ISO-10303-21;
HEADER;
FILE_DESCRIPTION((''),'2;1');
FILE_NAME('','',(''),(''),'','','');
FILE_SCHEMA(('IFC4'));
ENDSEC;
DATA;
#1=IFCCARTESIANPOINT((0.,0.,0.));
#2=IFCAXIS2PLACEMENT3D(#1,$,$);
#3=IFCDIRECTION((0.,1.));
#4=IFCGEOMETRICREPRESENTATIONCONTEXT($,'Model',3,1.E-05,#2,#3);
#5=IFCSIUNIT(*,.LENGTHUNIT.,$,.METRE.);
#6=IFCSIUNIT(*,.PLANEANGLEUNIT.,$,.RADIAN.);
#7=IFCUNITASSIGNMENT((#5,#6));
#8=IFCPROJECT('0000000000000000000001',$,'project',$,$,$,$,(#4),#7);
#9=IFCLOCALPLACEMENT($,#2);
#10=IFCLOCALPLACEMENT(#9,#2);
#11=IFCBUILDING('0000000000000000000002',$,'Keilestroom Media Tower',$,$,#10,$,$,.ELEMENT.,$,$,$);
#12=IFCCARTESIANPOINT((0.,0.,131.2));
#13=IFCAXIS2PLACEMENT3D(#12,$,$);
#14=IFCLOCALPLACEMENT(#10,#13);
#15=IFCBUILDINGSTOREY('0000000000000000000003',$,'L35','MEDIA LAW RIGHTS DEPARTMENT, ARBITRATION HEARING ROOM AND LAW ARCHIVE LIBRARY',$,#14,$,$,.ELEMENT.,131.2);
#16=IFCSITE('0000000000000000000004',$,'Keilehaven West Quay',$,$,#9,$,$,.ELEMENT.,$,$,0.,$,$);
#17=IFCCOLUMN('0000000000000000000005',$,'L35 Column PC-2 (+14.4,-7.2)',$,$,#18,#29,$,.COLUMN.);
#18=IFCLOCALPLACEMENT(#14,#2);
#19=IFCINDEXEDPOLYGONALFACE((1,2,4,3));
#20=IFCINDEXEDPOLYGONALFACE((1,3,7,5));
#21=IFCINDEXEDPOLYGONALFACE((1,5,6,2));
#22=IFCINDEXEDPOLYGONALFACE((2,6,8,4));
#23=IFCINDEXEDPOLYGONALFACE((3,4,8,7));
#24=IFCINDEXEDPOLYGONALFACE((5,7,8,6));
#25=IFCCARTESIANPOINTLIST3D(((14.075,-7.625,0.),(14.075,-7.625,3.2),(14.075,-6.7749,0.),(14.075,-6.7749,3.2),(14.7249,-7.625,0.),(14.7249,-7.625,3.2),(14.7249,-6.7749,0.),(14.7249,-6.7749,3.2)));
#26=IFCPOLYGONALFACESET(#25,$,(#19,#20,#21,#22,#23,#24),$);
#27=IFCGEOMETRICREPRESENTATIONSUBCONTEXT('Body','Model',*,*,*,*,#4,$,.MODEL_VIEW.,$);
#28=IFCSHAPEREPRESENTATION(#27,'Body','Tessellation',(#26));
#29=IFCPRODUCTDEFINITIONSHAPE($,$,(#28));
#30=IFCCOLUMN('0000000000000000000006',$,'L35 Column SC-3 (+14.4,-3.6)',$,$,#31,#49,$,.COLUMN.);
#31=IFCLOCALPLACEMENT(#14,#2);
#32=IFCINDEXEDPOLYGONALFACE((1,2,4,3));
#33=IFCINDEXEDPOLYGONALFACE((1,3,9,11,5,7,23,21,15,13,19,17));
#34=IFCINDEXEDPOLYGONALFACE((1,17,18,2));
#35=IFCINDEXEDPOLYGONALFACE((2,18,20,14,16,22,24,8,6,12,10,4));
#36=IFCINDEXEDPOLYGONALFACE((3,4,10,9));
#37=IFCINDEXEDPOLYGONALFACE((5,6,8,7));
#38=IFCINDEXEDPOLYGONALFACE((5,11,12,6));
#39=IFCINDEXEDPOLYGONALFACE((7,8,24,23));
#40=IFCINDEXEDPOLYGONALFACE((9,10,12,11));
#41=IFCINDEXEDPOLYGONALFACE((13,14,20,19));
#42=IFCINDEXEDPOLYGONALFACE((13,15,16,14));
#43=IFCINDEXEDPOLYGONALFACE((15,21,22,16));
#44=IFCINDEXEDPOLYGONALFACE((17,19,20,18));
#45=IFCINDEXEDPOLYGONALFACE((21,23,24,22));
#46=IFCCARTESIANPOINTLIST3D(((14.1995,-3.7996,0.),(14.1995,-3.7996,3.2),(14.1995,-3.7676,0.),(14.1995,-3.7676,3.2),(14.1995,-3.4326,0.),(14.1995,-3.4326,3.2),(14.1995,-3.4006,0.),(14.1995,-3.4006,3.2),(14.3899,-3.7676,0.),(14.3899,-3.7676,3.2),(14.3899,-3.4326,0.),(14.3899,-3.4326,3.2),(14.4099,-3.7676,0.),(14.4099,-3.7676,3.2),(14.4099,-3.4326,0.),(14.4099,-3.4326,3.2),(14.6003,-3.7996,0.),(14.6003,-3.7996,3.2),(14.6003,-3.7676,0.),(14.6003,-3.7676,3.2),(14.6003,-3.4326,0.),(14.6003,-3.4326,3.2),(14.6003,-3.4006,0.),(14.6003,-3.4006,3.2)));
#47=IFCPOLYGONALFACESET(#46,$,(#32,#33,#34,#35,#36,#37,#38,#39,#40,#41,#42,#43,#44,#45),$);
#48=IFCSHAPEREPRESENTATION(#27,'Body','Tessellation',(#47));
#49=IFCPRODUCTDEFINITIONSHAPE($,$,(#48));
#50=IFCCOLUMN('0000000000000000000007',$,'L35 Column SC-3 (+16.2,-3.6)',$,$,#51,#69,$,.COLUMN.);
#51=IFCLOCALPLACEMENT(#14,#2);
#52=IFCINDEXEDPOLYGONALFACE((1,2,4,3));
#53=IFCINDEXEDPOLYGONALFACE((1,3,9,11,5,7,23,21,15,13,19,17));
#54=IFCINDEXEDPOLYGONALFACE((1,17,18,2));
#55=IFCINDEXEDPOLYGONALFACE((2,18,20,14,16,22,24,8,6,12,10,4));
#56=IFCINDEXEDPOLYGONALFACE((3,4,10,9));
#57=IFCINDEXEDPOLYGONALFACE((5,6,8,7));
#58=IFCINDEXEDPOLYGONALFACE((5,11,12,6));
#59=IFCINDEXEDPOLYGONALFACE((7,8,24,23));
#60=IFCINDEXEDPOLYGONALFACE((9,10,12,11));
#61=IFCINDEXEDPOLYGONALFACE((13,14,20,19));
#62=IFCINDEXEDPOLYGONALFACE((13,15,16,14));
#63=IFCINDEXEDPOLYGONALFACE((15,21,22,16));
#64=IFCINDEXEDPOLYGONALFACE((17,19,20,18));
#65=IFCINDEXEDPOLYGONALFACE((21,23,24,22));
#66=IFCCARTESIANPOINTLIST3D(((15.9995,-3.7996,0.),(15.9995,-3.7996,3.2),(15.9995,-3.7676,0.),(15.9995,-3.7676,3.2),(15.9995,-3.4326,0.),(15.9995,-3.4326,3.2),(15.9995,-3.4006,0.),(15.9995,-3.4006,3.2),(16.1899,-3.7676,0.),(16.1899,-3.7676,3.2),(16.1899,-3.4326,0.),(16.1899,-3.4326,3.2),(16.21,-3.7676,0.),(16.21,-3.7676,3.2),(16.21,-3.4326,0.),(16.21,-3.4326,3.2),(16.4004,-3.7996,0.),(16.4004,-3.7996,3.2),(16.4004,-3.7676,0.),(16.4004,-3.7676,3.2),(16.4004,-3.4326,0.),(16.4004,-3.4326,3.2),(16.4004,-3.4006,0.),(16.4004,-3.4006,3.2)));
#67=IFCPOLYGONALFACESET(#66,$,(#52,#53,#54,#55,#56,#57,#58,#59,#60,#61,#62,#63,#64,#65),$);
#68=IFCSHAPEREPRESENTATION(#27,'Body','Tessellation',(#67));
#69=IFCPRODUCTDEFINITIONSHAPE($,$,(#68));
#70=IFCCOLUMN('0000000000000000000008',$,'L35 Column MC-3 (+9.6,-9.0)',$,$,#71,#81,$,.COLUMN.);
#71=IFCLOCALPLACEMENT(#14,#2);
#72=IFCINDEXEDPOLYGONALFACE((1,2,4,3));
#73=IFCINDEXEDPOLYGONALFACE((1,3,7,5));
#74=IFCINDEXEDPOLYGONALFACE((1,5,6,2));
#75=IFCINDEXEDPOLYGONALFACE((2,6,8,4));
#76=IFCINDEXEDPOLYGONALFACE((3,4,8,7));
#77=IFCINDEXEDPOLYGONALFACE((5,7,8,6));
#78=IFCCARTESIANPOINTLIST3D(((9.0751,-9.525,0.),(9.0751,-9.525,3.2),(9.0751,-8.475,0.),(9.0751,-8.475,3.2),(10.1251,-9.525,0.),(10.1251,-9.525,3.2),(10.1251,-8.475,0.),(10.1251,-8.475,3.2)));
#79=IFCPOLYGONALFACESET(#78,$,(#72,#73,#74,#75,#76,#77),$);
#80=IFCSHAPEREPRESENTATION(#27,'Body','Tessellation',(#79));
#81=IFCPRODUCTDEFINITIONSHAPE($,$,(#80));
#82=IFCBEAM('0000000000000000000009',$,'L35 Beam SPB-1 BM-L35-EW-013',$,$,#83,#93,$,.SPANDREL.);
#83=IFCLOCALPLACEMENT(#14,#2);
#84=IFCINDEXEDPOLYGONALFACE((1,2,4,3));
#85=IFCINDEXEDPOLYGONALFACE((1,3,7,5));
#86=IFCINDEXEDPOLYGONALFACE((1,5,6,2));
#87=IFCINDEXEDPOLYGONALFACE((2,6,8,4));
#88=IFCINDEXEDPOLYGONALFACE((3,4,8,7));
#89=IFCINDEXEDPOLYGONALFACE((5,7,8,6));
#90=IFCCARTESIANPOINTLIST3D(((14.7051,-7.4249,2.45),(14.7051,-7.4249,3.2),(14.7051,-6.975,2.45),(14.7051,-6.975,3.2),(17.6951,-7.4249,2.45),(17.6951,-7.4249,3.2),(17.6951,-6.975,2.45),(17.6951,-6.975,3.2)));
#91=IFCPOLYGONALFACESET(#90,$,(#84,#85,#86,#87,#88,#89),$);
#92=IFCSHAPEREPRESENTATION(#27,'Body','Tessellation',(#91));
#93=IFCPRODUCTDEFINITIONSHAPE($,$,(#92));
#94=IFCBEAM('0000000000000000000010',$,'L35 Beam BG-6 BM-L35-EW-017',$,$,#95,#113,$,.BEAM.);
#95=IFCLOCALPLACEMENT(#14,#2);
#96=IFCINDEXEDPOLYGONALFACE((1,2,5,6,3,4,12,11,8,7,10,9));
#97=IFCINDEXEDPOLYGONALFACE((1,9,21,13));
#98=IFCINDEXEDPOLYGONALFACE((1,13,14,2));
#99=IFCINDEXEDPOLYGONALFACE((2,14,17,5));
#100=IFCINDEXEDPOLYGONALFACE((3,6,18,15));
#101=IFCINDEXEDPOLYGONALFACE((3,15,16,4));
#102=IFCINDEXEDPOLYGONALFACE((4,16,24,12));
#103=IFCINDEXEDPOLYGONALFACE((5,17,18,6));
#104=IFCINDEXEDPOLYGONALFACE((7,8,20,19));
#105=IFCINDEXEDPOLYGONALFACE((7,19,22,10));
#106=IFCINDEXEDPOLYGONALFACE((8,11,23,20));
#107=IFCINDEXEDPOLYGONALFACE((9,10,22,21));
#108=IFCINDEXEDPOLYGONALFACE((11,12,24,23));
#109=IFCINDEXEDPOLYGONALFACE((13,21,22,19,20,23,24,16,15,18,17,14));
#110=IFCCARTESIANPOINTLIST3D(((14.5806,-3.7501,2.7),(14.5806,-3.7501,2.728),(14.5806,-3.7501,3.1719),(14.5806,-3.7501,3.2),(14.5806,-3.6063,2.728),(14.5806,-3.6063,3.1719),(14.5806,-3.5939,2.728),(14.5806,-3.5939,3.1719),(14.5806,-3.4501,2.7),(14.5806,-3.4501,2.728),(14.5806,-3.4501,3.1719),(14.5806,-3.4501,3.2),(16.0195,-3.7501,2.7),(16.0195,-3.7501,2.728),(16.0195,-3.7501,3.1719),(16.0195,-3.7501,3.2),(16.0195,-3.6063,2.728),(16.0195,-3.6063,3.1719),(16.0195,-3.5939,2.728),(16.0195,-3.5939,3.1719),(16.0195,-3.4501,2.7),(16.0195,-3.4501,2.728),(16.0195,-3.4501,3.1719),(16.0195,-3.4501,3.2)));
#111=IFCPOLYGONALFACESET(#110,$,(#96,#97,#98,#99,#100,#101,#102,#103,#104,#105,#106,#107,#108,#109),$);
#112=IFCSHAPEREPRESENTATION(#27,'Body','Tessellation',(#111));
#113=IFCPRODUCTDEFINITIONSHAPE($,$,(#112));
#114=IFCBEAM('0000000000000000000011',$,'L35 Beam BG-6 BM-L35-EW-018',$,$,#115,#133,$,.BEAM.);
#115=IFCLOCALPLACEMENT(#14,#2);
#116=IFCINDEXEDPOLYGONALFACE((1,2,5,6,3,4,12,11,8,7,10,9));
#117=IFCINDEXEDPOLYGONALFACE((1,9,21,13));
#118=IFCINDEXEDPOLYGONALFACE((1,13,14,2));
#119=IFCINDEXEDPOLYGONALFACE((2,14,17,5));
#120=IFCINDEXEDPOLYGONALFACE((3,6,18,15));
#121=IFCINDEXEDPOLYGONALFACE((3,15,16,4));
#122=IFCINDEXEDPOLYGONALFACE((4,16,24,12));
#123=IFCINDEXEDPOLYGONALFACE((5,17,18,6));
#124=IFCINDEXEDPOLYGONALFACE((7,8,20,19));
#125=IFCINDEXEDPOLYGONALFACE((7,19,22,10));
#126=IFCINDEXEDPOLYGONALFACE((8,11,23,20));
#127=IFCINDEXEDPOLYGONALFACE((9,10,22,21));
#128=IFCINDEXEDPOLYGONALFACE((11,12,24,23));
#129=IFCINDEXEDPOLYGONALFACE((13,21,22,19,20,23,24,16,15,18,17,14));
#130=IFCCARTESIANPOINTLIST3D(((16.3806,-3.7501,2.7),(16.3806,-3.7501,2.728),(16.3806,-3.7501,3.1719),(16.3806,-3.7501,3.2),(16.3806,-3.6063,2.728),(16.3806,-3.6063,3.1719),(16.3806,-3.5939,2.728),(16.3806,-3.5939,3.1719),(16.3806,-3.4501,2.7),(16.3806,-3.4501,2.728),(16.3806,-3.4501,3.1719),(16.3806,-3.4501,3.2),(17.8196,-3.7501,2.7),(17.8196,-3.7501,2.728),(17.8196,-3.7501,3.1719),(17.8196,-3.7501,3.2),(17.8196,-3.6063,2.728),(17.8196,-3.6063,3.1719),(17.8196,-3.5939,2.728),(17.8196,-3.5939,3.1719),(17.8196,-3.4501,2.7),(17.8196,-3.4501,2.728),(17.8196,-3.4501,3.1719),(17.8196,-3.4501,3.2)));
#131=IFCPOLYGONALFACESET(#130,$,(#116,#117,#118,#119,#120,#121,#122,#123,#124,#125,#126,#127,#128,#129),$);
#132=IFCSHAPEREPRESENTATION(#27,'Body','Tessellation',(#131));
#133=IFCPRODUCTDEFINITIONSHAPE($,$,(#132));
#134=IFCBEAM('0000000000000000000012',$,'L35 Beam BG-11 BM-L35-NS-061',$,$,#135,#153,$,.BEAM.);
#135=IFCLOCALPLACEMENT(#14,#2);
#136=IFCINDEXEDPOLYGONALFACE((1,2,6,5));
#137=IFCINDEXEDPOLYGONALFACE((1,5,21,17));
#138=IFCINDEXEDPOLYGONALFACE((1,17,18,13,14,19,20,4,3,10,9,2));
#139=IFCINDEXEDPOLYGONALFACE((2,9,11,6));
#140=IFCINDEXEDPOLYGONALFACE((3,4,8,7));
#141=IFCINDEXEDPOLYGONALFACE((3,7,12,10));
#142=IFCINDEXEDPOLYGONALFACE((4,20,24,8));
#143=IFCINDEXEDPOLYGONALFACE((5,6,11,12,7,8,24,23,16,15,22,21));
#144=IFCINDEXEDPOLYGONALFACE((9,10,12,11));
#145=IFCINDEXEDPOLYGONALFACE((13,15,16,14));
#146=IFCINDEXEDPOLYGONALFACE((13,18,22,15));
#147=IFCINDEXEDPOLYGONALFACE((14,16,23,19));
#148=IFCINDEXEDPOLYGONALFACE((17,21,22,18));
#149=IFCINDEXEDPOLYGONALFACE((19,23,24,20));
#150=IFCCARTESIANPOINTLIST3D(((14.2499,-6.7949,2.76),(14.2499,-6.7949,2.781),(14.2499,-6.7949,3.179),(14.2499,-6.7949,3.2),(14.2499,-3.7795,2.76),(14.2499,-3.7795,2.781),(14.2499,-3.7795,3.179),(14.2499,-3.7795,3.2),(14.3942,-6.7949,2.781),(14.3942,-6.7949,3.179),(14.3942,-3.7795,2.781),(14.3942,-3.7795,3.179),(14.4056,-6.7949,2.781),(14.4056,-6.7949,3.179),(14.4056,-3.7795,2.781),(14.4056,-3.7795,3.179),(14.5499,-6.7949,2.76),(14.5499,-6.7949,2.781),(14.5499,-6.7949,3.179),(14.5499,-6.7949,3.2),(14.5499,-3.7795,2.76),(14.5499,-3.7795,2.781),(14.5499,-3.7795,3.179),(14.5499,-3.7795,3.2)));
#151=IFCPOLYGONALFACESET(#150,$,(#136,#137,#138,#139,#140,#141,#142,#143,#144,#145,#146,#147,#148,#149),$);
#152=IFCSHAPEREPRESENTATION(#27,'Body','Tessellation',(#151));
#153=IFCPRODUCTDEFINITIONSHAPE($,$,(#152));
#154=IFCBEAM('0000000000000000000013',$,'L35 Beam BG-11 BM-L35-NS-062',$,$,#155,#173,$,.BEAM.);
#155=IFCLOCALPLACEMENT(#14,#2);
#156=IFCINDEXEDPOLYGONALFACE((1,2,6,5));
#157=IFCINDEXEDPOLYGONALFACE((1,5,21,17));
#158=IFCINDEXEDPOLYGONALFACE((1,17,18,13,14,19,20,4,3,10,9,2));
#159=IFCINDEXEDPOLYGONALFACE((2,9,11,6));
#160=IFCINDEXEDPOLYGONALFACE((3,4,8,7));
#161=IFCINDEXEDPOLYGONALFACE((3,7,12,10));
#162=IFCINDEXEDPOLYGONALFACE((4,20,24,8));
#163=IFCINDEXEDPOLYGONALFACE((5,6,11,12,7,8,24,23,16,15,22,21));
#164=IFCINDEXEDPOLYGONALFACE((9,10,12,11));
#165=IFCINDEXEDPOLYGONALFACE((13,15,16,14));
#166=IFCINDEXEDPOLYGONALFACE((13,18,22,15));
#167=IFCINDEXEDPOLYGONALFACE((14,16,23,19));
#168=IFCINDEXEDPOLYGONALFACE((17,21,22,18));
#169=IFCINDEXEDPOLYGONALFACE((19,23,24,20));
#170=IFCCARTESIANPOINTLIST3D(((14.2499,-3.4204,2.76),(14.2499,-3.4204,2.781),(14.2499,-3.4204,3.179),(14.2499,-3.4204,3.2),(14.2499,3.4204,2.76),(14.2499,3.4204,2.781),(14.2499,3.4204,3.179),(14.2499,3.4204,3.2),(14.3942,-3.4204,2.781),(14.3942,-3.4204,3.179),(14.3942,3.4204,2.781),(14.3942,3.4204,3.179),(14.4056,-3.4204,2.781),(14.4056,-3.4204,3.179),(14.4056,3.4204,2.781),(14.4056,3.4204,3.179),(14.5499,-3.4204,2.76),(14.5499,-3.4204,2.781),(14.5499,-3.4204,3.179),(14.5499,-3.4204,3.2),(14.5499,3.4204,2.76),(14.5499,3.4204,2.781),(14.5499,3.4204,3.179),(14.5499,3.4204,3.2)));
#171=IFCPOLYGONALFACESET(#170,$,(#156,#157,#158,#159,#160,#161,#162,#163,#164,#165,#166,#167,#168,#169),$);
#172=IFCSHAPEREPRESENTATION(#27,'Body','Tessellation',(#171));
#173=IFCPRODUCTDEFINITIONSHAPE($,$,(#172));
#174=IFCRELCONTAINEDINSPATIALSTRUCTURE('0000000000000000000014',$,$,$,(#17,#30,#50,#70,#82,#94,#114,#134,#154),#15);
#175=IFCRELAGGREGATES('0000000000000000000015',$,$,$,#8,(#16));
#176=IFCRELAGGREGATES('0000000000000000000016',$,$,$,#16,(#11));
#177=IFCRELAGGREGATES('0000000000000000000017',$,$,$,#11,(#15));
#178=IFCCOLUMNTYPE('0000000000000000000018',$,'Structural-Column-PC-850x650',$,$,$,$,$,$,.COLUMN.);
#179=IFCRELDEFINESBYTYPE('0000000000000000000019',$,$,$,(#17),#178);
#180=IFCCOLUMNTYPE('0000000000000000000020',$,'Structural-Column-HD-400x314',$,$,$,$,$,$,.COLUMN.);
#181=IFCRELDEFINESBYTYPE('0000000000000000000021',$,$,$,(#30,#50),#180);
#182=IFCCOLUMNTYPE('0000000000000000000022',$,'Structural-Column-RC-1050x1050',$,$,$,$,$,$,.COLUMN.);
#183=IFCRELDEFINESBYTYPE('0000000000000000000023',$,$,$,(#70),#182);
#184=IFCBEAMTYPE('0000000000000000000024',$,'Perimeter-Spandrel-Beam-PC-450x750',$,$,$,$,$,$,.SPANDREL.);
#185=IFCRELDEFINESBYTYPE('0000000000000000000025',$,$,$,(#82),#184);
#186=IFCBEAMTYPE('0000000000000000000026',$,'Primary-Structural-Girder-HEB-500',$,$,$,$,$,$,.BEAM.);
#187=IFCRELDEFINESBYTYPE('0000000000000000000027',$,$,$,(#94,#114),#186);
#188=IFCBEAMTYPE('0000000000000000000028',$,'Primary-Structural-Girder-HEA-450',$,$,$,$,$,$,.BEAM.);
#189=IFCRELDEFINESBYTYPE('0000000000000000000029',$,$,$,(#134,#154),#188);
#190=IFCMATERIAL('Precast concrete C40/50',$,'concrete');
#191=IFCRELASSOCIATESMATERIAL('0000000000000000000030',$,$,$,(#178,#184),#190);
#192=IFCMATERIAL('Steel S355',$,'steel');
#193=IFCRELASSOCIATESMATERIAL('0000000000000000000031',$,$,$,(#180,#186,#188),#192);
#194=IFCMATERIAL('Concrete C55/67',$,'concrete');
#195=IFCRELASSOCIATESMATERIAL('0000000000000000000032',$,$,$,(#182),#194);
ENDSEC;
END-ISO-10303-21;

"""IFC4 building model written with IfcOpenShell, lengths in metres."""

from ifc_helpers import new_model, si_unit, direction, frame, origin, origin_2d, place, context, subcontext, project, spatial, rectangle, i_section, extrude, source, transform, mapped, material, material_profile, profile_set, type_object, element, save


model = new_model("IFC4")

# Units and contexts
model_context = context("Model", 3, precision=1e-05, world=origin(), true_north=direction((0.0, 1.0)))
body_context = subcontext(model_context, "Body", "Model", "MODEL_VIEW")
ifc_project = project(units=[si_unit("LENGTHUNIT", "METRE"), si_unit("PLANEANGLEUNIT", "RADIAN")], contexts=[model_context])

# Site, building, storey
site_placement = place(None, origin())
site = spatial("IfcSite", under=ifc_project, at=site_placement, Name="Keilehaven West Quay", CompositionType="ELEMENT", RefElevation=0.0)
building_placement = place(site_placement, origin())
building = spatial("IfcBuilding", under=site, at=building_placement, Name="Keilestroom Media Tower", CompositionType="ELEMENT")
storey_placement = place(building_placement, frame((0.0, 0.0, 131.2)))
storey = spatial("IfcBuildingStorey", under=building, at=storey_placement, Name="L35", Description="MEDIA LAW RIGHTS DEPARTMENT, ARBITRATION HEARING ROOM AND LAW ARCHIVE LIBRARY", CompositionType="ELEMENT", Elevation=131.2)

# Columns
ifc_material_1 = material(Name="Precast concrete C40/50", Category="concrete")
ifc_material_profile_1 = material_profile(ifc_material_1, rectangle(XDim=0.6499, YDim=0.8501, at=origin_2d()), Name="PC 850x650")
ifc_profile_set_1 = profile_set([ifc_material_profile_1], Name="Precast concrete C40/50")
column_type_1 = type_object("IfcColumnType", Name="Structural-Column-PC-850x650", PredefinedType="COLUMN", material=ifc_profile_set_1)
shared_shape_1 = source(origin(), body_context, "Body", "SweptSolid", [
    extrude(rectangle(XDim=0.6499, YDim=0.8501, at=origin_2d()), origin(), (0.0, 0.0, 1.0), 3.2),
])
column_1_placement = place(storey_placement, frame((14.3999, -7.2, 0.0), z_axis=(0.0, 0.0, 1.0), x_axis=(1.0, 0.0, 0.0)))
element("IfcColumn", 1, at=column_1_placement, inside=storey, type_object=column_type_1, Name="L35 Column PC-2 (+14.4,-7.2)", PredefinedType="COLUMN", context=body_context, shape_type="MappedRepresentation", body=[
    mapped(shared_shape_1, transform((0.0, 0.0, 0.0), x_axis=(1.0, 0.0, 0.0), y_axis=(0.0, 1.0, 0.0), z_axis=(0.0, 0.0, 1.0), scale=1.0)),
])
ifc_material_2 = material(Name="Steel S355", Category="steel")
ifc_material_profile_2 = material_profile(ifc_material_2, i_section(OverallWidth=0.4009, OverallDepth=0.3989, WebThickness=0.02, FlangeThickness=0.032, at=origin_2d()), Name="HD 400x314")
ifc_profile_set_2 = profile_set([ifc_material_profile_2], Name="Steel S355")
column_type_2 = type_object("IfcColumnType", Name="Structural-Column-HD-400x314", PredefinedType="COLUMN", material=ifc_profile_set_2)
shared_shape_2 = source(origin(), body_context, "Body", "SweptSolid", [
    extrude(i_section(OverallWidth=0.4009, OverallDepth=0.3989, WebThickness=0.02, FlangeThickness=0.032, at=origin_2d()), origin(), (0.0, 0.0, 1.0), 3.2),
])
for number, where, z_axis, x_axis, name in (
    (2, (14.3999, -3.6001, 0.0), (0.0, 0.0, 1.0), (1.0, 0.0, 0.0), "L35 Column SC-3 (+14.4,-3.6)"),
    (3, (16.2, -3.6001, 0.0), (0.0, 0.0, 1.0), (1.0, 0.0, 0.0), "L35 Column SC-3 (+16.2,-3.6)"),
):
    element("IfcColumn", number, at=place(storey_placement, frame(where, z_axis=z_axis, x_axis=x_axis)), inside=storey, type_object=column_type_2, Name=name, PredefinedType="COLUMN", context=body_context, shape_type="MappedRepresentation", body=[
        mapped(shared_shape_2, transform((0.0, 0.0, 0.0), x_axis=(1.0, 0.0, 0.0), y_axis=(0.0, 1.0, 0.0), z_axis=(0.0, 0.0, 1.0), scale=1.0)),
    ])
ifc_material_3 = material(Name="Concrete C55/67", Category="concrete")
ifc_material_profile_3 = material_profile(ifc_material_3, rectangle(XDim=1.05, YDim=1.05, at=origin_2d()), Name="RC 1050x1050")
ifc_profile_set_3 = profile_set([ifc_material_profile_3], Name="Concrete C55/67")
column_type_3 = type_object("IfcColumnType", Name="Structural-Column-RC-1050x1050", PredefinedType="COLUMN", material=ifc_profile_set_3)
shared_shape_3 = source(origin(), body_context, "Body", "SweptSolid", [
    extrude(rectangle(XDim=1.05, YDim=1.05, at=origin_2d()), origin(), (0.0, 0.0, 1.0), 3.2),
])
column_2_placement = place(storey_placement, frame((9.6001, -9.0, 0.0), z_axis=(0.0, 0.0, 1.0), x_axis=(1.0, 0.0, 0.0)))
element("IfcColumn", 4, at=column_2_placement, inside=storey, type_object=column_type_3, Name="L35 Column MC-3 (+9.6,-9.0)", PredefinedType="COLUMN", context=body_context, shape_type="MappedRepresentation", body=[
    mapped(shared_shape_3, transform((0.0, 0.0, 0.0), x_axis=(1.0, 0.0, 0.0), y_axis=(0.0, 1.0, 0.0), z_axis=(0.0, 0.0, 1.0), scale=1.0)),
])

# Beams
ifc_material_profile_4 = material_profile(ifc_material_1, rectangle(XDim=0.45, YDim=0.75, at=origin_2d()), Name="PC 450x750")
ifc_profile_set_4 = profile_set([ifc_material_profile_4], Name="Precast concrete C40/50")
beam_type_1 = type_object("IfcBeamType", Name="Perimeter-Spandrel-Beam-PC-450x750", PredefinedType="SPANDREL", material=ifc_profile_set_4)
shared_shape_4 = source(origin(), body_context, "Body", "SweptSolid", [
    extrude(rectangle(XDim=0.45, YDim=0.75, at=origin_2d()), origin(), (0.0, 0.0, 1.0), 2.99),
])
beam_1_placement = place(storey_placement, frame((14.7051, -7.2, 2.825), z_axis=(1.0, 0.0, 0.0), x_axis=(0.0, 1.0, 0.0)))
element("IfcBeam", 5, at=beam_1_placement, inside=storey, type_object=beam_type_1, Name="L35 Beam SPB-1 BM-L35-EW-013", PredefinedType="SPANDREL", context=body_context, shape_type="MappedRepresentation", body=[
    mapped(shared_shape_4, transform((0.0, 0.0, 0.0), x_axis=(1.0, 0.0, 0.0), y_axis=(0.0, 1.0, 0.0), z_axis=(0.0, 0.0, 1.0), scale=1.0)),
])
ifc_material_profile_5 = material_profile(ifc_material_2, i_section(OverallWidth=0.3, OverallDepth=0.5, WebThickness=0.0125, FlangeThickness=0.0281, at=origin_2d()), Name="HEB 500")
ifc_profile_set_5 = profile_set([ifc_material_profile_5], Name="Steel S355")
beam_type_2 = type_object("IfcBeamType", Name="Primary-Structural-Girder-HEB-500", PredefinedType="BEAM", material=ifc_profile_set_5)
shared_shape_5 = source(origin(), body_context, "Body", "SweptSolid", [
    extrude(i_section(OverallWidth=0.3, OverallDepth=0.5, WebThickness=0.0125, FlangeThickness=0.0281, at=origin_2d()), origin(), (0.0, 0.0, 1.0), 1.439),
])
for number, where, z_axis, x_axis, name in (
    (6, (14.5806, -3.6001, 2.95), (1.0, 0.0, 0.0), (0.0, 1.0, 0.0), "L35 Beam BG-6 BM-L35-EW-017"),
    (7, (16.3806, -3.6001, 2.95), (1.0, 0.0, 0.0), (0.0, 1.0, 0.0), "L35 Beam BG-6 BM-L35-EW-018"),
):
    element("IfcBeam", number, at=place(storey_placement, frame(where, z_axis=z_axis, x_axis=x_axis)), inside=storey, type_object=beam_type_2, Name=name, PredefinedType="BEAM", context=body_context, shape_type="MappedRepresentation", body=[
        mapped(shared_shape_5, transform((0.0, 0.0, 0.0), x_axis=(1.0, 0.0, 0.0), y_axis=(0.0, 1.0, 0.0), z_axis=(0.0, 0.0, 1.0), scale=1.0)),
    ])
ifc_material_profile_6 = material_profile(ifc_material_2, i_section(OverallWidth=0.3, OverallDepth=0.4399, WebThickness=0.0115, FlangeThickness=0.021, at=origin_2d()), Name="HEA 450")
ifc_profile_set_6 = profile_set([ifc_material_profile_6], Name="Steel S355")
beam_type_3 = type_object("IfcBeamType", Name="Primary-Structural-Girder-HEA-450", PredefinedType="BEAM", material=ifc_profile_set_6)
shared_shape_6 = source(origin(), body_context, "Body", "SweptSolid", [
    extrude(i_section(OverallWidth=0.3, OverallDepth=0.4399, WebThickness=0.0115, FlangeThickness=0.021, at=origin_2d()), origin(), (0.0, 0.0, 1.0), 3.0154),
])
beam_2_placement = place(storey_placement, frame((14.3999, -6.7949, 2.98), z_axis=(0.0, 1.0, 0.0), x_axis=(-1.0, 0.0, 0.0)))
element("IfcBeam", 8, at=beam_2_placement, inside=storey, type_object=beam_type_3, Name="L35 Beam BG-11 BM-L35-NS-061", PredefinedType="BEAM", context=body_context, shape_type="MappedRepresentation", body=[
    mapped(shared_shape_6, transform((0.0, 0.0, 0.0), x_axis=(1.0, 0.0, 0.0), y_axis=(0.0, 1.0, 0.0), z_axis=(0.0, 0.0, 1.0), scale=1.0)),
])
shared_shape_7 = source(origin(), body_context, "Body", "SweptSolid", [
    extrude(i_section(OverallWidth=0.3, OverallDepth=0.4399, WebThickness=0.0115, FlangeThickness=0.021, at=origin_2d()), origin(), (0.0, 0.0, 1.0), 6.8408),
])
for number, where, z_axis, x_axis, name in (
    (9, (14.3999, -3.4204, 2.98), (0.0, 1.0, 0.0), (-1.0, 0.0, 0.0), "L35 Beam BG-11 BM-L35-NS-062"),
):
    element("IfcBeam", number, at=place(storey_placement, frame(where, z_axis=z_axis, x_axis=x_axis)), inside=storey, type_object=beam_type_3, Name=name, PredefinedType="BEAM", context=body_context, shape_type="MappedRepresentation", body=[
        mapped(shared_shape_7, transform((0.0, 0.0, 0.0), x_axis=(1.0, 0.0, 0.0), y_axis=(0.0, 1.0, 0.0), z_axis=(0.0, 0.0, 1.0), scale=1.0)),
    ])

save(model, "model.ifc")
